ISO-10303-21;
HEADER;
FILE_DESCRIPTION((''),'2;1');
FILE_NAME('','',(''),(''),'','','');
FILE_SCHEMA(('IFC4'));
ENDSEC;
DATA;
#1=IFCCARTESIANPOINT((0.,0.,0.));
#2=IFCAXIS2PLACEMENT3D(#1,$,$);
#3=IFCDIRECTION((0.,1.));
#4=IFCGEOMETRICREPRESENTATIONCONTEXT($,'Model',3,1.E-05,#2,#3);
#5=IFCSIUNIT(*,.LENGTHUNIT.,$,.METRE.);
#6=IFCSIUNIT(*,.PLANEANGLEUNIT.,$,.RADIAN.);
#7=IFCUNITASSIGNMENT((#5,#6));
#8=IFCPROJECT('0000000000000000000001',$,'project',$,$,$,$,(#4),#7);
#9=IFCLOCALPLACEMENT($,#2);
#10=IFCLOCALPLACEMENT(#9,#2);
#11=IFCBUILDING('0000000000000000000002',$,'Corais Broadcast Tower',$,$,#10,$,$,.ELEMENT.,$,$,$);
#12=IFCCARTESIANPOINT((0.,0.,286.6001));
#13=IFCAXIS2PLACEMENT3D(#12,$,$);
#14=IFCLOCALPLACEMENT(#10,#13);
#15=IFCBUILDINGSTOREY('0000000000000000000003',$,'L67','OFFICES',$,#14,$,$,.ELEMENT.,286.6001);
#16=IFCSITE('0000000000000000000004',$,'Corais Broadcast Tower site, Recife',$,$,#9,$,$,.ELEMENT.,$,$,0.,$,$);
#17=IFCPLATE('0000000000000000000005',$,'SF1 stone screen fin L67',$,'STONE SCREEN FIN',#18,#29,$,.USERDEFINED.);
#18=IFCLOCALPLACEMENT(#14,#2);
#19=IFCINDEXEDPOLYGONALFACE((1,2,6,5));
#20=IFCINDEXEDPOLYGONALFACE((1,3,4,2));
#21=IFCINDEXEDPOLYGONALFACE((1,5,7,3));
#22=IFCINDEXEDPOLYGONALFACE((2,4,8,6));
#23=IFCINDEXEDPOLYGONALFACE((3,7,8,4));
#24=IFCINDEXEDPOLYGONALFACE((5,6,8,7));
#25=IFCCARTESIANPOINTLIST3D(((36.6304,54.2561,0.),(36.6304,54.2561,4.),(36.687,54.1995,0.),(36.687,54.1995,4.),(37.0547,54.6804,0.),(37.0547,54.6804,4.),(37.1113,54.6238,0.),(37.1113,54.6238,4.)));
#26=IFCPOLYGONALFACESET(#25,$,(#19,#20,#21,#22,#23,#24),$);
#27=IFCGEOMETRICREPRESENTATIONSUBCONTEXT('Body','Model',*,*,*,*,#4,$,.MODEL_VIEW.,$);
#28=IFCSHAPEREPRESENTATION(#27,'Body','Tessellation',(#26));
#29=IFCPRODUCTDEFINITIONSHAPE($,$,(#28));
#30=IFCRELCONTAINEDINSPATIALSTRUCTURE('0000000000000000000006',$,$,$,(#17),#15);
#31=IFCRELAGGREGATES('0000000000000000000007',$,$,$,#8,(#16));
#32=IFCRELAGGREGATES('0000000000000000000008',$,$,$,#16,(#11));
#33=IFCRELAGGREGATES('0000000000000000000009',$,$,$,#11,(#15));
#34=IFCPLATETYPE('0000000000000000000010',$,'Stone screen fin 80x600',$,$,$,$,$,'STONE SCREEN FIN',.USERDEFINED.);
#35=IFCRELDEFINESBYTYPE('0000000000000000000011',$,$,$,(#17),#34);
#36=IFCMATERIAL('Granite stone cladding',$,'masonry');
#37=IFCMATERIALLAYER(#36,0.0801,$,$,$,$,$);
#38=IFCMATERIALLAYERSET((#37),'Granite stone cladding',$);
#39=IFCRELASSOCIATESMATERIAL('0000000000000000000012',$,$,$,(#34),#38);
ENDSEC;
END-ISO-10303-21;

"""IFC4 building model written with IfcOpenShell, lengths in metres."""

from ifc_helpers import new_model, si_unit, direction, frame, origin, origin_2d, place, context, subcontext, project, spatial, rectangle, extrude, material, layer, layer_set, type_object, element, save


model = new_model("IFC4")

# Units and contexts
model_context = context("Model", 3, precision=1e-05, world=origin(), true_north=direction((0.0, 1.0)))
body_context = subcontext(model_context, "Body", "Model", "MODEL_VIEW")
ifc_project = project(units=[si_unit("LENGTHUNIT", "METRE"), si_unit("PLANEANGLEUNIT", "RADIAN")], contexts=[model_context])

# Site, building, storey
site_placement = place(None, origin())
site = spatial("IfcSite", under=ifc_project, at=site_placement, Name="Corais Broadcast Tower site, Recife", CompositionType="ELEMENT", RefElevation=0.0)
building_placement = place(site_placement, origin())
building = spatial("IfcBuilding", under=site, at=building_placement, Name="Corais Broadcast Tower", CompositionType="ELEMENT")
storey_placement = place(building_placement, frame((0.0, 0.0, 286.6001)))
storey = spatial("IfcBuildingStorey", under=building, at=storey_placement, Name="L67", Description="OFFICES", CompositionType="ELEMENT", Elevation=286.6001)

# Plate
ifc_material_1 = material(Name="Granite stone cladding", Category="masonry")
ifc_layer_1 = layer(ifc_material_1, 0.0801)
ifc_layer_set_1 = layer_set([ifc_layer_1], Name="Granite stone cladding")
plate_type_1 = type_object("IfcPlateType", Name="Stone screen fin 80x600", ElementType="STONE SCREEN FIN", PredefinedType="USERDEFINED", material=ifc_layer_set_1)
plate_1_placement = place(storey_placement, frame((36.8708, 54.4399, 0.0), z_axis=(0.0, 0.0, 1.0), x_axis=(0.707107, -0.707107, 0.0)))
element("IfcPlate", 1, at=plate_1_placement, inside=storey, type_object=plate_type_1, Name="SF1 stone screen fin L67", ObjectType="STONE SCREEN FIN", PredefinedType="USERDEFINED", context=body_context, shape_type="SweptSolid", body=[
    extrude(rectangle(XDim=0.0801, YDim=0.6001, at=origin_2d()), origin(), (0.0, 0.0, 1.0), 4.0),
])

save(model, "model.ifc")
